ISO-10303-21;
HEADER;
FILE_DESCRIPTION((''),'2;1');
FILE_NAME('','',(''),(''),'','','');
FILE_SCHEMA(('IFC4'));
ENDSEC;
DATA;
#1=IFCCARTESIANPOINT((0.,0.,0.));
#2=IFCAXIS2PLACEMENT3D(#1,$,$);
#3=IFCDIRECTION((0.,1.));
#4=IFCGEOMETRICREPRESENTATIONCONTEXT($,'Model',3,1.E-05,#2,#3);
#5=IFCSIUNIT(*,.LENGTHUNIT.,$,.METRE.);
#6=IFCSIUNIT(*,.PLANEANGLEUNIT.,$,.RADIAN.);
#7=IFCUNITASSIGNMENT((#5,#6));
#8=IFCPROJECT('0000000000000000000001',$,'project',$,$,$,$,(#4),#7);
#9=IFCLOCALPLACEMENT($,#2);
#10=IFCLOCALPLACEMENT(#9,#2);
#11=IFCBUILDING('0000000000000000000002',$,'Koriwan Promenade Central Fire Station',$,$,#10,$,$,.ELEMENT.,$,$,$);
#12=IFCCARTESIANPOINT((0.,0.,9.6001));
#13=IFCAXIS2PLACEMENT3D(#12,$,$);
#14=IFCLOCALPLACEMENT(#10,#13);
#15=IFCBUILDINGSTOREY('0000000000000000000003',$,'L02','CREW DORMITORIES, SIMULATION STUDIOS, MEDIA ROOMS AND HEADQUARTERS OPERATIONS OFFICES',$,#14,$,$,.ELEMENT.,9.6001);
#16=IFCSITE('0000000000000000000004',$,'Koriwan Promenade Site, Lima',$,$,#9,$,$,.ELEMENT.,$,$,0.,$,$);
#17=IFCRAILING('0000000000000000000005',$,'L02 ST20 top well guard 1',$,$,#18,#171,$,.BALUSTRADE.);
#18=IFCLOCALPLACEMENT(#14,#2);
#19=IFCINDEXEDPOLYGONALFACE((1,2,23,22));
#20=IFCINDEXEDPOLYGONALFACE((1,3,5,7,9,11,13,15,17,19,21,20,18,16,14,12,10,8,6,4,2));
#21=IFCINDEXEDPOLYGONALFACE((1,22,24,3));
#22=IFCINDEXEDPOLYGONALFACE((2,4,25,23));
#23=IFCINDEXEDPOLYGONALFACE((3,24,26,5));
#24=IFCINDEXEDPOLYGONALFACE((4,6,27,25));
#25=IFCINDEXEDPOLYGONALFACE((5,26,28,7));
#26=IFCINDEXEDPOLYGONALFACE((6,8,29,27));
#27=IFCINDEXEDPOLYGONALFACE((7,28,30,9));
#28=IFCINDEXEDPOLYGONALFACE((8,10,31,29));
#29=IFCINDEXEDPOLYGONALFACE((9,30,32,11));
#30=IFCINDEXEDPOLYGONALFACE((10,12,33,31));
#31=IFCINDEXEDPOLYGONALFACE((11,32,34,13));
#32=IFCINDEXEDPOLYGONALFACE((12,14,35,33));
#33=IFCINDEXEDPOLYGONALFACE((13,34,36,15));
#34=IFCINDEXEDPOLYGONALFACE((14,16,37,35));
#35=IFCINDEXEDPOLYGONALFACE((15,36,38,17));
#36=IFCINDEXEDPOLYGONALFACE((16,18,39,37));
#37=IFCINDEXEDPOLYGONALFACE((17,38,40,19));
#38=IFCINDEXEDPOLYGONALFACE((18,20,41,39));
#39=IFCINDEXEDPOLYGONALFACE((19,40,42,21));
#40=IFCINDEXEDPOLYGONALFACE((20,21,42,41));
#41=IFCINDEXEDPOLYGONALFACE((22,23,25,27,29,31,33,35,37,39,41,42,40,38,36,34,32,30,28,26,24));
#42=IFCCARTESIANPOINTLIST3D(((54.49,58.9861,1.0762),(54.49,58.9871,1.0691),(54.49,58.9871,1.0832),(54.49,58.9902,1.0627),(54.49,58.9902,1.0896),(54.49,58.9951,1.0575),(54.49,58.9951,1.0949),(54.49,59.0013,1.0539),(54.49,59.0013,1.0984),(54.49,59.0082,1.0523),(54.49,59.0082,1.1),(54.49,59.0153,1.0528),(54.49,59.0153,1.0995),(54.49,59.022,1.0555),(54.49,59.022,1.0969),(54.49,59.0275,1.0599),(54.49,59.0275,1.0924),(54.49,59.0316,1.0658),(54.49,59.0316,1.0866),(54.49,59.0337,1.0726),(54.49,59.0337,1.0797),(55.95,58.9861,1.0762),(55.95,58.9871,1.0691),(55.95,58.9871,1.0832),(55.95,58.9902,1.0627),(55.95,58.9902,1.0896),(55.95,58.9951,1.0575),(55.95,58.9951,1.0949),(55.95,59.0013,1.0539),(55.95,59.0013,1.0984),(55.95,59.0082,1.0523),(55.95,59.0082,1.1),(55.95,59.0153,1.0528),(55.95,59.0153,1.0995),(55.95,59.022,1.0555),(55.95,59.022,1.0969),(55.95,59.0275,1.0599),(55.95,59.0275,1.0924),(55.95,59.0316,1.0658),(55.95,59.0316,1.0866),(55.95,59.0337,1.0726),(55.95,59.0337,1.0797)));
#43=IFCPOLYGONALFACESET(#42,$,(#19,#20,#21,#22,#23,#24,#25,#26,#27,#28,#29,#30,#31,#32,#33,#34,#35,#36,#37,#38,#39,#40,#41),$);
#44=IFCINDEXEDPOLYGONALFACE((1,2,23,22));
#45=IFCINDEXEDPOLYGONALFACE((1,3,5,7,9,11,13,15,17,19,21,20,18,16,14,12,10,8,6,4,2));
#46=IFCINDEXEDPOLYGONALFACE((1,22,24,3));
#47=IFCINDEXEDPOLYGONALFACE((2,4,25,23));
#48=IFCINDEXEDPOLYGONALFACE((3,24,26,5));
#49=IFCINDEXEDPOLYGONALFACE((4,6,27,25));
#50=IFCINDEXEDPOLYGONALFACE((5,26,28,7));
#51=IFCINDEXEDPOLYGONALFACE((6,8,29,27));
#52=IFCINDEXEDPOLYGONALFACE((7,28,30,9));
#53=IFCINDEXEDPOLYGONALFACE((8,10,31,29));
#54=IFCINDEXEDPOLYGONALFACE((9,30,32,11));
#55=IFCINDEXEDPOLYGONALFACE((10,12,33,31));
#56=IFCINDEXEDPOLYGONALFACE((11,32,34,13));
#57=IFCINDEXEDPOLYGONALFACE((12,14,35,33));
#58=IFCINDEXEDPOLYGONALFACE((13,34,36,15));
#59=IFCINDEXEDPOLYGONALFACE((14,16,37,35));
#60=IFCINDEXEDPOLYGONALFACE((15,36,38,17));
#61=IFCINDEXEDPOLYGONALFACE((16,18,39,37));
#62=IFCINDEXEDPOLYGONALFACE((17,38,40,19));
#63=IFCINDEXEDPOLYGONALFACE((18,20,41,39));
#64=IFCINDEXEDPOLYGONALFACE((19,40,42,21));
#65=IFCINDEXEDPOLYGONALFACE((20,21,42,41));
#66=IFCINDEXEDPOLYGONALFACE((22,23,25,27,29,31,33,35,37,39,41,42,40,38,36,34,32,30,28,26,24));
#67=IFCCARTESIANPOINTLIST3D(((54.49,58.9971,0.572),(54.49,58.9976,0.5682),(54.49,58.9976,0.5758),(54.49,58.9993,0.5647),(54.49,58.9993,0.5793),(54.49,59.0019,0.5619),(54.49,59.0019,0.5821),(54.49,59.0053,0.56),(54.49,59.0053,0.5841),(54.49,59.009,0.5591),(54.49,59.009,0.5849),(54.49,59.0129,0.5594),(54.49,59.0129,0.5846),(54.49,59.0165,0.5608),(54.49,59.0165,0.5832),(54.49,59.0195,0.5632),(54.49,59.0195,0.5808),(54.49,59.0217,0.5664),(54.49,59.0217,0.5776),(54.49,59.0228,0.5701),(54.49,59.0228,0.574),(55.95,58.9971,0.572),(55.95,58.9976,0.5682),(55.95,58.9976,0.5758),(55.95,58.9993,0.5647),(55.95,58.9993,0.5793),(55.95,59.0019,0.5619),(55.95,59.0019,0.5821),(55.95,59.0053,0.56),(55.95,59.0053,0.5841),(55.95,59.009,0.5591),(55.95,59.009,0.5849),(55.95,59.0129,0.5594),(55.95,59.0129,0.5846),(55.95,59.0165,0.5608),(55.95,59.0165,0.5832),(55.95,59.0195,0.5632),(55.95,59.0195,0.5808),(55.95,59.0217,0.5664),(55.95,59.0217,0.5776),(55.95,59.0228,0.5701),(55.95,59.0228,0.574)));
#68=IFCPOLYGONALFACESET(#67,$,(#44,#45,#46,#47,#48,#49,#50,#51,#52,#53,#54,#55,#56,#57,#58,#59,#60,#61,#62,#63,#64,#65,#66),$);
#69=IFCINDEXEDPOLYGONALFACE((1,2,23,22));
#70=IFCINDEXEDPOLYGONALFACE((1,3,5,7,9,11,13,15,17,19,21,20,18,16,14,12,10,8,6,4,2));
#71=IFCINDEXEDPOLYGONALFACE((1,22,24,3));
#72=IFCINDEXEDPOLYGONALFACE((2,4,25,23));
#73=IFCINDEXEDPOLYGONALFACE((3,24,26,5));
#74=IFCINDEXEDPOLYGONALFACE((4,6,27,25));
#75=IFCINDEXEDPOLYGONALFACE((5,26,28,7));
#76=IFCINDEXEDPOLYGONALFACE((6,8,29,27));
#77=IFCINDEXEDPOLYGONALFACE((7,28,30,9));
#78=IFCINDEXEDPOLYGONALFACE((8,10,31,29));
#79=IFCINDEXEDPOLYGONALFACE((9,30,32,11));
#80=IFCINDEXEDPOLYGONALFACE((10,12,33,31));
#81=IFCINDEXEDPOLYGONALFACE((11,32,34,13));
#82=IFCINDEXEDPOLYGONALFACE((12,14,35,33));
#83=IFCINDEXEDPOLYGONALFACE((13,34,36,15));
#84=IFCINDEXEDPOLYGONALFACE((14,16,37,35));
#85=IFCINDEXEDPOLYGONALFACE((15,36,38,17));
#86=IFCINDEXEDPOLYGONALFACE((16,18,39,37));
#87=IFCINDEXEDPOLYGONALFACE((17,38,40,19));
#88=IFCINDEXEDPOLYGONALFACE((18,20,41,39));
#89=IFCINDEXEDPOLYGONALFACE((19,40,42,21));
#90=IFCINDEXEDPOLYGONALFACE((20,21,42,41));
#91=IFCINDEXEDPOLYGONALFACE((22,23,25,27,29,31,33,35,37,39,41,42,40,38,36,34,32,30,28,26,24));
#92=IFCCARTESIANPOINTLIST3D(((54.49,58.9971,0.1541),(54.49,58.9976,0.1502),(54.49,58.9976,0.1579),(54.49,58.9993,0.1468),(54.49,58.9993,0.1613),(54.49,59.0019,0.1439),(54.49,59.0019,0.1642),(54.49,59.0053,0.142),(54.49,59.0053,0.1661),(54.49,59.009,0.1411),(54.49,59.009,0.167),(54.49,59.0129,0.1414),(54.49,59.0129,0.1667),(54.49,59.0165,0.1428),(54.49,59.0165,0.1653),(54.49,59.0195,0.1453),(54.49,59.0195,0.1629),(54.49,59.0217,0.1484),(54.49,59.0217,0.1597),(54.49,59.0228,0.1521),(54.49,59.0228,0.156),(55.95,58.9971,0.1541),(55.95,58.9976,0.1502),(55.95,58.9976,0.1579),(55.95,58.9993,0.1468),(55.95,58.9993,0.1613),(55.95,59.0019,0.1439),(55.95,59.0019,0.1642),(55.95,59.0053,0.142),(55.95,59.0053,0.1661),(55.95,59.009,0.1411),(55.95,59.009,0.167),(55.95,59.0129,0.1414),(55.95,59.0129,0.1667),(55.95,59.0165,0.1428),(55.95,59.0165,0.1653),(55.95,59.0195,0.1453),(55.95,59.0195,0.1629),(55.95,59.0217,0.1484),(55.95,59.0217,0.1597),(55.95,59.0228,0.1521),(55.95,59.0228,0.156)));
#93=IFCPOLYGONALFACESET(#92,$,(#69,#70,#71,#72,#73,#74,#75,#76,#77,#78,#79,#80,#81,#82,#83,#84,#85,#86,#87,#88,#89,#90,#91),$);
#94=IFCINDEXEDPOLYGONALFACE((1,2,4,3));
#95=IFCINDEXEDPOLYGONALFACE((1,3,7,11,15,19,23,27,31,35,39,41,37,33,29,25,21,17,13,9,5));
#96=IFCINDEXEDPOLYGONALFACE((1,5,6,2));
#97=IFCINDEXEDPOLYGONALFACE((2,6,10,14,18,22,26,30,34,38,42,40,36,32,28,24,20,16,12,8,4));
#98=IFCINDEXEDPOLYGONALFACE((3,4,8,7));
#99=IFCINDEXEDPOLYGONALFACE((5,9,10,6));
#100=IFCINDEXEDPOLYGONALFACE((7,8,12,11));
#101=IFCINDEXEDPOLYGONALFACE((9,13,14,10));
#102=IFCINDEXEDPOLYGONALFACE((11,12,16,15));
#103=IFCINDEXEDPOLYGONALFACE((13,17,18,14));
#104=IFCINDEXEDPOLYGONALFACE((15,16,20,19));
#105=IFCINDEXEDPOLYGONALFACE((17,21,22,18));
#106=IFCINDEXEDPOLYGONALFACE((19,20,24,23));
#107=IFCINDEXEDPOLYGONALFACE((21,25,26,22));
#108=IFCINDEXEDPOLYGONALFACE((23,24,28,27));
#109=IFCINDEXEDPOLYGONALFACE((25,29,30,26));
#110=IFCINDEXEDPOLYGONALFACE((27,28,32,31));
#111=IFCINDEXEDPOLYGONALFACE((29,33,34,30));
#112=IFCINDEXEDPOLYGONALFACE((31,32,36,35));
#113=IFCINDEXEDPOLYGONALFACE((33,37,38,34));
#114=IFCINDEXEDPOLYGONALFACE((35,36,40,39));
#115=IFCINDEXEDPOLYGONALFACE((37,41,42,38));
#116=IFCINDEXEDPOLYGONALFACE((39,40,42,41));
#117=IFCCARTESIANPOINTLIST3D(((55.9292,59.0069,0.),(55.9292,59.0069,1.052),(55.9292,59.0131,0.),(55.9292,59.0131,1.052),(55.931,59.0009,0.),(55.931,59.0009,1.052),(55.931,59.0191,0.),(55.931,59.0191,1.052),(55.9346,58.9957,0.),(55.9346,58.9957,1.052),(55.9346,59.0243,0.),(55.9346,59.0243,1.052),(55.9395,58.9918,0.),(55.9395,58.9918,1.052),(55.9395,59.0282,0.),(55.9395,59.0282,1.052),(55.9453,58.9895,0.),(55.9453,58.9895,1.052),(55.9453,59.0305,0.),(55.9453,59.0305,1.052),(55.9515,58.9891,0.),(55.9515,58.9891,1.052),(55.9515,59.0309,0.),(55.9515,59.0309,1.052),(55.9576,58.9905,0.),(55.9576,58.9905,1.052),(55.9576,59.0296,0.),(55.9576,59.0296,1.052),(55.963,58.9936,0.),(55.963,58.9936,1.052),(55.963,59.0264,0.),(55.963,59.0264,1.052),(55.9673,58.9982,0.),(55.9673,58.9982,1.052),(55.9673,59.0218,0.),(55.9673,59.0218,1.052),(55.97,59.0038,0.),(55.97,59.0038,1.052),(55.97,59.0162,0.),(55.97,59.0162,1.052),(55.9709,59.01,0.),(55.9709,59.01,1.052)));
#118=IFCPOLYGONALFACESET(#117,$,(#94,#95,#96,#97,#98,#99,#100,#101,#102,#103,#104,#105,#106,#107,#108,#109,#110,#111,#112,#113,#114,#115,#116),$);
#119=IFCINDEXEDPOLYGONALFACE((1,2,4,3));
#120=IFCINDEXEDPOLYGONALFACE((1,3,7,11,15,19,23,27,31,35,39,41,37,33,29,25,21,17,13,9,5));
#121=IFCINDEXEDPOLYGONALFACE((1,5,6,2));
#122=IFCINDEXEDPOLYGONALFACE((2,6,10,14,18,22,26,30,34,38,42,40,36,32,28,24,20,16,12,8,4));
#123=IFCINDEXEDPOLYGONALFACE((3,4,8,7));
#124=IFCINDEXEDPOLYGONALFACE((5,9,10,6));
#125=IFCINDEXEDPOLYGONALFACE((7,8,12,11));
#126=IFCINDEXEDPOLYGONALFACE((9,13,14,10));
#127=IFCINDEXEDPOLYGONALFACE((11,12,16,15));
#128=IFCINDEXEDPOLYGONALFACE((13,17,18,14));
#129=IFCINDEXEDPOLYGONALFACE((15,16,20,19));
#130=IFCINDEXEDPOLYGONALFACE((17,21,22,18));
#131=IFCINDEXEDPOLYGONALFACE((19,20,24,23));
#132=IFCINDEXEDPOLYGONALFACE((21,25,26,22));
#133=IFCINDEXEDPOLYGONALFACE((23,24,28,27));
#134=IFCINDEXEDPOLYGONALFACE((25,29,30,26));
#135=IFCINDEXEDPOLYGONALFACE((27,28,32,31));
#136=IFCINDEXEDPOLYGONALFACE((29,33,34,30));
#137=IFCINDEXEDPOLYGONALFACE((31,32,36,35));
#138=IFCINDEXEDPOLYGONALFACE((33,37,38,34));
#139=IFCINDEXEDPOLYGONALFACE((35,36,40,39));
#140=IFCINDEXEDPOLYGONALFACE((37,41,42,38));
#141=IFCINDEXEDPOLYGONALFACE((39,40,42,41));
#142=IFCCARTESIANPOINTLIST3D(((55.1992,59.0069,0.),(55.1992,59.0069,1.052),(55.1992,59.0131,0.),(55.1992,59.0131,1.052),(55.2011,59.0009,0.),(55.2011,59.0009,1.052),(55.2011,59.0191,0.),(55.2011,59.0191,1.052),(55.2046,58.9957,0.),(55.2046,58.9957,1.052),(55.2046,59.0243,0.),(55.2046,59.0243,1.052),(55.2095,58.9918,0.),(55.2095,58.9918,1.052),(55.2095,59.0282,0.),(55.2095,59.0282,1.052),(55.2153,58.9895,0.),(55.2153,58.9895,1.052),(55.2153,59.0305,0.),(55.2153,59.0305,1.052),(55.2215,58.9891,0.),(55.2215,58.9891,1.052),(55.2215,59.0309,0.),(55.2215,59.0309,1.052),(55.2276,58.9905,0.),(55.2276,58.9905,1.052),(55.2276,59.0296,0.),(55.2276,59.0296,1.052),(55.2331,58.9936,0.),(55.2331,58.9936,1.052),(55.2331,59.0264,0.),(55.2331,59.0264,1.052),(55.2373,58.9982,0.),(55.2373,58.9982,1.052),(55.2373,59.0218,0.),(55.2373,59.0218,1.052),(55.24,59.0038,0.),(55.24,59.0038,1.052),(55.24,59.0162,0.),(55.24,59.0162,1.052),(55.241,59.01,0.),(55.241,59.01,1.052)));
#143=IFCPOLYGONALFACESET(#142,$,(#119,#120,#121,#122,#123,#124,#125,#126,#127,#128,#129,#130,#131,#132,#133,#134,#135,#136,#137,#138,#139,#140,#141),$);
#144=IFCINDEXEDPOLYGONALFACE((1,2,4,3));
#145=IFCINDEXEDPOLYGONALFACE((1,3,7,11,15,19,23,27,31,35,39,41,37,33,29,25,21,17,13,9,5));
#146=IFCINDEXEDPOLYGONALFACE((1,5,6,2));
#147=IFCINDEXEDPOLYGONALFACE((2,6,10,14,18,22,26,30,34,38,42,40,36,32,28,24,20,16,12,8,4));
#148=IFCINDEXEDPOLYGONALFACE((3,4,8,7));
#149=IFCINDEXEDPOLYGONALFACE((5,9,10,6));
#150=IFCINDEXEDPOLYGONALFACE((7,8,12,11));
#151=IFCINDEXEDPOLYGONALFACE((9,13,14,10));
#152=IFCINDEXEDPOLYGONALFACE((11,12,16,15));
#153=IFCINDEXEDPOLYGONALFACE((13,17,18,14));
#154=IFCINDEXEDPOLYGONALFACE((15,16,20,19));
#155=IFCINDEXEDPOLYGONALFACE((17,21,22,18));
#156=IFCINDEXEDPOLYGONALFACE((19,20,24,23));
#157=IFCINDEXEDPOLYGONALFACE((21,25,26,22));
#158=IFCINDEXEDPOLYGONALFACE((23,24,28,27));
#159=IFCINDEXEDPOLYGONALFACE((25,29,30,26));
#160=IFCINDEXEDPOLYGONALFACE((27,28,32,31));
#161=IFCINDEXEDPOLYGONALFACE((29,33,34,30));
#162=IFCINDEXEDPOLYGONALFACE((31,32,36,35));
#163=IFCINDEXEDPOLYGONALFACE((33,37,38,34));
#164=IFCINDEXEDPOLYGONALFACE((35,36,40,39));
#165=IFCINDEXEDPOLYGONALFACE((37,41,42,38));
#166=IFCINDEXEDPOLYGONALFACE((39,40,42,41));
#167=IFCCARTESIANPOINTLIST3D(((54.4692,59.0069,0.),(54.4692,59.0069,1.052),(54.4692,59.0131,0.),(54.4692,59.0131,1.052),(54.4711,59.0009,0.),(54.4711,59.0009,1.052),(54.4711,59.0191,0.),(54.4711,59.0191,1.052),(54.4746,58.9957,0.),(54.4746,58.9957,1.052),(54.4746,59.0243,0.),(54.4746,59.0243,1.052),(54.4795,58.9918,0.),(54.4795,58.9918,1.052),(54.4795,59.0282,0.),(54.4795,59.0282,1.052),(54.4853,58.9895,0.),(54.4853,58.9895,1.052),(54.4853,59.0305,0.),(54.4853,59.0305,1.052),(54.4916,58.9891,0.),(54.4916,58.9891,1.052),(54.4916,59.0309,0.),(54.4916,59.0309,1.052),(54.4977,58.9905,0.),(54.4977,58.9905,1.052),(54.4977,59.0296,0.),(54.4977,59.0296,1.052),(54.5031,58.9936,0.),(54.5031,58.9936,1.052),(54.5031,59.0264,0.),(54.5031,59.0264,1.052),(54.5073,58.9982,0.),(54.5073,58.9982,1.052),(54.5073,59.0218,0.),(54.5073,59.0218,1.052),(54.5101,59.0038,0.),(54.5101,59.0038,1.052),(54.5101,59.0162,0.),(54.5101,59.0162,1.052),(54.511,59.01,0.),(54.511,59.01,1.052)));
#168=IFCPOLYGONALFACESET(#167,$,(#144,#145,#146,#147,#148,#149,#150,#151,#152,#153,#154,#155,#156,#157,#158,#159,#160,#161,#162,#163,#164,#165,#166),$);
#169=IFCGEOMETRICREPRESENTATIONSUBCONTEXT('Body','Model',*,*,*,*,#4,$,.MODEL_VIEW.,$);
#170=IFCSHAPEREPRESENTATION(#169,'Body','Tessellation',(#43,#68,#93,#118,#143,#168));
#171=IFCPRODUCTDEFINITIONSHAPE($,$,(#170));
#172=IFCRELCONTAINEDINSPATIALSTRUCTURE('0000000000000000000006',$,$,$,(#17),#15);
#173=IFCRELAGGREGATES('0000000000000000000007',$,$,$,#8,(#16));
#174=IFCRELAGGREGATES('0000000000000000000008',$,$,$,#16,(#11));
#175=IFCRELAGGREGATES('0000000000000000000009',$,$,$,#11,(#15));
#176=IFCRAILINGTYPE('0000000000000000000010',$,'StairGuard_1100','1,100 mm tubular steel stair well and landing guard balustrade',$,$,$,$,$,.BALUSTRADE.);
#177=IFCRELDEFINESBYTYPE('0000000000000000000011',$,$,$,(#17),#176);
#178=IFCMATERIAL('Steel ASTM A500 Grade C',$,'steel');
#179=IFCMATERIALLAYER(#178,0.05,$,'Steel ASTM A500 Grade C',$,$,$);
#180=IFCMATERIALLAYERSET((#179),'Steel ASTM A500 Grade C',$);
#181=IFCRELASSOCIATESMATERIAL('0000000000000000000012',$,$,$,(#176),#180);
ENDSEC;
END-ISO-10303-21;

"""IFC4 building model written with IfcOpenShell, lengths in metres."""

from ifc_helpers import new_model, si_unit, direction, frame, origin, origin_2d, place, context, subcontext, project, spatial, circle, extrude, material, layer, layer_set, type_object, element, save


model = new_model("IFC4")

# Units and contexts
model_context = context("Model", 3, precision=1e-05, world=origin(), true_north=direction((0.0, 1.0)))
body_context = subcontext(model_context, "Body", "Model", "MODEL_VIEW")
ifc_project = project(units=[si_unit("LENGTHUNIT", "METRE"), si_unit("PLANEANGLEUNIT", "RADIAN")], contexts=[model_context])

# Site, building, storey
site_placement = place(None, origin())
site = spatial("IfcSite", under=ifc_project, at=site_placement, Name="Koriwan Promenade Site, Lima", CompositionType="ELEMENT", RefElevation=0.0)
building_placement = place(site_placement, origin())
building = spatial("IfcBuilding", under=site, at=building_placement, Name="Koriwan Promenade Central Fire Station", CompositionType="ELEMENT")
storey_placement = place(building_placement, frame((0.0, 0.0, 9.6001)))
storey = spatial("IfcBuildingStorey", under=building, at=storey_placement, Name="L02", Description="CREW DORMITORIES, SIMULATION STUDIOS, MEDIA ROOMS AND HEADQUARTERS OPERATIONS OFFICES", CompositionType="ELEMENT", Elevation=9.6001)

# Railing
ifc_material_1 = material(Name="Steel ASTM A500 Grade C", Category="steel")
ifc_layer_1 = layer(ifc_material_1, 0.05, Name="Steel ASTM A500 Grade C")
ifc_layer_set_1 = layer_set([ifc_layer_1], Name="Steel ASTM A500 Grade C")
railing_type = type_object("IfcRailingType", Name="StairGuard_1100", Description="1,100 mm tubular steel stair well and landing guard balustrade", PredefinedType="BALUSTRADE", material=ifc_layer_set_1)
railing_placement = place(storey_placement, frame((55.95, 59.01, 0.0)))
element("IfcRailing", 1, at=railing_placement, inside=storey, type_object=railing_type, Name="L02 ST20 top well guard 1", PredefinedType="BALUSTRADE", context=body_context, shape_type="SweptSolid", body=[
    extrude(circle(Radius=0.0239, at=origin_2d()), frame((0.0, 0.0, 1.0762), z_axis=(-1.0, 0.0, 0.0), x_axis=(0.0, -1.0, 0.0)), (0.0, 0.0, 1.0), 1.46),
    extrude(circle(Radius=0.0129, at=origin_2d()), frame((0.0, 0.0, 0.572), z_axis=(-1.0, 0.0, 0.0), x_axis=(0.0, -1.0, 0.0)), (0.0, 0.0, 1.0), 1.46),
    extrude(circle(Radius=0.0129, at=origin_2d()), frame((0.0, 0.0, 0.1541), z_axis=(-1.0, 0.0, 0.0), x_axis=(0.0, -1.0, 0.0)), (0.0, 0.0, 1.0), 1.46),
    extrude(circle(Radius=0.021, at=origin_2d()), origin(), (0.0, 0.0, 1.0), 1.052),
    extrude(circle(Radius=0.021, at=origin_2d()), frame((-0.73, 0.0, 0.0)), (0.0, 0.0, 1.0), 1.052),
    extrude(circle(Radius=0.021, at=origin_2d()), frame((-1.46, 0.0, 0.0)), (0.0, 0.0, 1.0), 1.052),
])

save(model, "model.ifc")
